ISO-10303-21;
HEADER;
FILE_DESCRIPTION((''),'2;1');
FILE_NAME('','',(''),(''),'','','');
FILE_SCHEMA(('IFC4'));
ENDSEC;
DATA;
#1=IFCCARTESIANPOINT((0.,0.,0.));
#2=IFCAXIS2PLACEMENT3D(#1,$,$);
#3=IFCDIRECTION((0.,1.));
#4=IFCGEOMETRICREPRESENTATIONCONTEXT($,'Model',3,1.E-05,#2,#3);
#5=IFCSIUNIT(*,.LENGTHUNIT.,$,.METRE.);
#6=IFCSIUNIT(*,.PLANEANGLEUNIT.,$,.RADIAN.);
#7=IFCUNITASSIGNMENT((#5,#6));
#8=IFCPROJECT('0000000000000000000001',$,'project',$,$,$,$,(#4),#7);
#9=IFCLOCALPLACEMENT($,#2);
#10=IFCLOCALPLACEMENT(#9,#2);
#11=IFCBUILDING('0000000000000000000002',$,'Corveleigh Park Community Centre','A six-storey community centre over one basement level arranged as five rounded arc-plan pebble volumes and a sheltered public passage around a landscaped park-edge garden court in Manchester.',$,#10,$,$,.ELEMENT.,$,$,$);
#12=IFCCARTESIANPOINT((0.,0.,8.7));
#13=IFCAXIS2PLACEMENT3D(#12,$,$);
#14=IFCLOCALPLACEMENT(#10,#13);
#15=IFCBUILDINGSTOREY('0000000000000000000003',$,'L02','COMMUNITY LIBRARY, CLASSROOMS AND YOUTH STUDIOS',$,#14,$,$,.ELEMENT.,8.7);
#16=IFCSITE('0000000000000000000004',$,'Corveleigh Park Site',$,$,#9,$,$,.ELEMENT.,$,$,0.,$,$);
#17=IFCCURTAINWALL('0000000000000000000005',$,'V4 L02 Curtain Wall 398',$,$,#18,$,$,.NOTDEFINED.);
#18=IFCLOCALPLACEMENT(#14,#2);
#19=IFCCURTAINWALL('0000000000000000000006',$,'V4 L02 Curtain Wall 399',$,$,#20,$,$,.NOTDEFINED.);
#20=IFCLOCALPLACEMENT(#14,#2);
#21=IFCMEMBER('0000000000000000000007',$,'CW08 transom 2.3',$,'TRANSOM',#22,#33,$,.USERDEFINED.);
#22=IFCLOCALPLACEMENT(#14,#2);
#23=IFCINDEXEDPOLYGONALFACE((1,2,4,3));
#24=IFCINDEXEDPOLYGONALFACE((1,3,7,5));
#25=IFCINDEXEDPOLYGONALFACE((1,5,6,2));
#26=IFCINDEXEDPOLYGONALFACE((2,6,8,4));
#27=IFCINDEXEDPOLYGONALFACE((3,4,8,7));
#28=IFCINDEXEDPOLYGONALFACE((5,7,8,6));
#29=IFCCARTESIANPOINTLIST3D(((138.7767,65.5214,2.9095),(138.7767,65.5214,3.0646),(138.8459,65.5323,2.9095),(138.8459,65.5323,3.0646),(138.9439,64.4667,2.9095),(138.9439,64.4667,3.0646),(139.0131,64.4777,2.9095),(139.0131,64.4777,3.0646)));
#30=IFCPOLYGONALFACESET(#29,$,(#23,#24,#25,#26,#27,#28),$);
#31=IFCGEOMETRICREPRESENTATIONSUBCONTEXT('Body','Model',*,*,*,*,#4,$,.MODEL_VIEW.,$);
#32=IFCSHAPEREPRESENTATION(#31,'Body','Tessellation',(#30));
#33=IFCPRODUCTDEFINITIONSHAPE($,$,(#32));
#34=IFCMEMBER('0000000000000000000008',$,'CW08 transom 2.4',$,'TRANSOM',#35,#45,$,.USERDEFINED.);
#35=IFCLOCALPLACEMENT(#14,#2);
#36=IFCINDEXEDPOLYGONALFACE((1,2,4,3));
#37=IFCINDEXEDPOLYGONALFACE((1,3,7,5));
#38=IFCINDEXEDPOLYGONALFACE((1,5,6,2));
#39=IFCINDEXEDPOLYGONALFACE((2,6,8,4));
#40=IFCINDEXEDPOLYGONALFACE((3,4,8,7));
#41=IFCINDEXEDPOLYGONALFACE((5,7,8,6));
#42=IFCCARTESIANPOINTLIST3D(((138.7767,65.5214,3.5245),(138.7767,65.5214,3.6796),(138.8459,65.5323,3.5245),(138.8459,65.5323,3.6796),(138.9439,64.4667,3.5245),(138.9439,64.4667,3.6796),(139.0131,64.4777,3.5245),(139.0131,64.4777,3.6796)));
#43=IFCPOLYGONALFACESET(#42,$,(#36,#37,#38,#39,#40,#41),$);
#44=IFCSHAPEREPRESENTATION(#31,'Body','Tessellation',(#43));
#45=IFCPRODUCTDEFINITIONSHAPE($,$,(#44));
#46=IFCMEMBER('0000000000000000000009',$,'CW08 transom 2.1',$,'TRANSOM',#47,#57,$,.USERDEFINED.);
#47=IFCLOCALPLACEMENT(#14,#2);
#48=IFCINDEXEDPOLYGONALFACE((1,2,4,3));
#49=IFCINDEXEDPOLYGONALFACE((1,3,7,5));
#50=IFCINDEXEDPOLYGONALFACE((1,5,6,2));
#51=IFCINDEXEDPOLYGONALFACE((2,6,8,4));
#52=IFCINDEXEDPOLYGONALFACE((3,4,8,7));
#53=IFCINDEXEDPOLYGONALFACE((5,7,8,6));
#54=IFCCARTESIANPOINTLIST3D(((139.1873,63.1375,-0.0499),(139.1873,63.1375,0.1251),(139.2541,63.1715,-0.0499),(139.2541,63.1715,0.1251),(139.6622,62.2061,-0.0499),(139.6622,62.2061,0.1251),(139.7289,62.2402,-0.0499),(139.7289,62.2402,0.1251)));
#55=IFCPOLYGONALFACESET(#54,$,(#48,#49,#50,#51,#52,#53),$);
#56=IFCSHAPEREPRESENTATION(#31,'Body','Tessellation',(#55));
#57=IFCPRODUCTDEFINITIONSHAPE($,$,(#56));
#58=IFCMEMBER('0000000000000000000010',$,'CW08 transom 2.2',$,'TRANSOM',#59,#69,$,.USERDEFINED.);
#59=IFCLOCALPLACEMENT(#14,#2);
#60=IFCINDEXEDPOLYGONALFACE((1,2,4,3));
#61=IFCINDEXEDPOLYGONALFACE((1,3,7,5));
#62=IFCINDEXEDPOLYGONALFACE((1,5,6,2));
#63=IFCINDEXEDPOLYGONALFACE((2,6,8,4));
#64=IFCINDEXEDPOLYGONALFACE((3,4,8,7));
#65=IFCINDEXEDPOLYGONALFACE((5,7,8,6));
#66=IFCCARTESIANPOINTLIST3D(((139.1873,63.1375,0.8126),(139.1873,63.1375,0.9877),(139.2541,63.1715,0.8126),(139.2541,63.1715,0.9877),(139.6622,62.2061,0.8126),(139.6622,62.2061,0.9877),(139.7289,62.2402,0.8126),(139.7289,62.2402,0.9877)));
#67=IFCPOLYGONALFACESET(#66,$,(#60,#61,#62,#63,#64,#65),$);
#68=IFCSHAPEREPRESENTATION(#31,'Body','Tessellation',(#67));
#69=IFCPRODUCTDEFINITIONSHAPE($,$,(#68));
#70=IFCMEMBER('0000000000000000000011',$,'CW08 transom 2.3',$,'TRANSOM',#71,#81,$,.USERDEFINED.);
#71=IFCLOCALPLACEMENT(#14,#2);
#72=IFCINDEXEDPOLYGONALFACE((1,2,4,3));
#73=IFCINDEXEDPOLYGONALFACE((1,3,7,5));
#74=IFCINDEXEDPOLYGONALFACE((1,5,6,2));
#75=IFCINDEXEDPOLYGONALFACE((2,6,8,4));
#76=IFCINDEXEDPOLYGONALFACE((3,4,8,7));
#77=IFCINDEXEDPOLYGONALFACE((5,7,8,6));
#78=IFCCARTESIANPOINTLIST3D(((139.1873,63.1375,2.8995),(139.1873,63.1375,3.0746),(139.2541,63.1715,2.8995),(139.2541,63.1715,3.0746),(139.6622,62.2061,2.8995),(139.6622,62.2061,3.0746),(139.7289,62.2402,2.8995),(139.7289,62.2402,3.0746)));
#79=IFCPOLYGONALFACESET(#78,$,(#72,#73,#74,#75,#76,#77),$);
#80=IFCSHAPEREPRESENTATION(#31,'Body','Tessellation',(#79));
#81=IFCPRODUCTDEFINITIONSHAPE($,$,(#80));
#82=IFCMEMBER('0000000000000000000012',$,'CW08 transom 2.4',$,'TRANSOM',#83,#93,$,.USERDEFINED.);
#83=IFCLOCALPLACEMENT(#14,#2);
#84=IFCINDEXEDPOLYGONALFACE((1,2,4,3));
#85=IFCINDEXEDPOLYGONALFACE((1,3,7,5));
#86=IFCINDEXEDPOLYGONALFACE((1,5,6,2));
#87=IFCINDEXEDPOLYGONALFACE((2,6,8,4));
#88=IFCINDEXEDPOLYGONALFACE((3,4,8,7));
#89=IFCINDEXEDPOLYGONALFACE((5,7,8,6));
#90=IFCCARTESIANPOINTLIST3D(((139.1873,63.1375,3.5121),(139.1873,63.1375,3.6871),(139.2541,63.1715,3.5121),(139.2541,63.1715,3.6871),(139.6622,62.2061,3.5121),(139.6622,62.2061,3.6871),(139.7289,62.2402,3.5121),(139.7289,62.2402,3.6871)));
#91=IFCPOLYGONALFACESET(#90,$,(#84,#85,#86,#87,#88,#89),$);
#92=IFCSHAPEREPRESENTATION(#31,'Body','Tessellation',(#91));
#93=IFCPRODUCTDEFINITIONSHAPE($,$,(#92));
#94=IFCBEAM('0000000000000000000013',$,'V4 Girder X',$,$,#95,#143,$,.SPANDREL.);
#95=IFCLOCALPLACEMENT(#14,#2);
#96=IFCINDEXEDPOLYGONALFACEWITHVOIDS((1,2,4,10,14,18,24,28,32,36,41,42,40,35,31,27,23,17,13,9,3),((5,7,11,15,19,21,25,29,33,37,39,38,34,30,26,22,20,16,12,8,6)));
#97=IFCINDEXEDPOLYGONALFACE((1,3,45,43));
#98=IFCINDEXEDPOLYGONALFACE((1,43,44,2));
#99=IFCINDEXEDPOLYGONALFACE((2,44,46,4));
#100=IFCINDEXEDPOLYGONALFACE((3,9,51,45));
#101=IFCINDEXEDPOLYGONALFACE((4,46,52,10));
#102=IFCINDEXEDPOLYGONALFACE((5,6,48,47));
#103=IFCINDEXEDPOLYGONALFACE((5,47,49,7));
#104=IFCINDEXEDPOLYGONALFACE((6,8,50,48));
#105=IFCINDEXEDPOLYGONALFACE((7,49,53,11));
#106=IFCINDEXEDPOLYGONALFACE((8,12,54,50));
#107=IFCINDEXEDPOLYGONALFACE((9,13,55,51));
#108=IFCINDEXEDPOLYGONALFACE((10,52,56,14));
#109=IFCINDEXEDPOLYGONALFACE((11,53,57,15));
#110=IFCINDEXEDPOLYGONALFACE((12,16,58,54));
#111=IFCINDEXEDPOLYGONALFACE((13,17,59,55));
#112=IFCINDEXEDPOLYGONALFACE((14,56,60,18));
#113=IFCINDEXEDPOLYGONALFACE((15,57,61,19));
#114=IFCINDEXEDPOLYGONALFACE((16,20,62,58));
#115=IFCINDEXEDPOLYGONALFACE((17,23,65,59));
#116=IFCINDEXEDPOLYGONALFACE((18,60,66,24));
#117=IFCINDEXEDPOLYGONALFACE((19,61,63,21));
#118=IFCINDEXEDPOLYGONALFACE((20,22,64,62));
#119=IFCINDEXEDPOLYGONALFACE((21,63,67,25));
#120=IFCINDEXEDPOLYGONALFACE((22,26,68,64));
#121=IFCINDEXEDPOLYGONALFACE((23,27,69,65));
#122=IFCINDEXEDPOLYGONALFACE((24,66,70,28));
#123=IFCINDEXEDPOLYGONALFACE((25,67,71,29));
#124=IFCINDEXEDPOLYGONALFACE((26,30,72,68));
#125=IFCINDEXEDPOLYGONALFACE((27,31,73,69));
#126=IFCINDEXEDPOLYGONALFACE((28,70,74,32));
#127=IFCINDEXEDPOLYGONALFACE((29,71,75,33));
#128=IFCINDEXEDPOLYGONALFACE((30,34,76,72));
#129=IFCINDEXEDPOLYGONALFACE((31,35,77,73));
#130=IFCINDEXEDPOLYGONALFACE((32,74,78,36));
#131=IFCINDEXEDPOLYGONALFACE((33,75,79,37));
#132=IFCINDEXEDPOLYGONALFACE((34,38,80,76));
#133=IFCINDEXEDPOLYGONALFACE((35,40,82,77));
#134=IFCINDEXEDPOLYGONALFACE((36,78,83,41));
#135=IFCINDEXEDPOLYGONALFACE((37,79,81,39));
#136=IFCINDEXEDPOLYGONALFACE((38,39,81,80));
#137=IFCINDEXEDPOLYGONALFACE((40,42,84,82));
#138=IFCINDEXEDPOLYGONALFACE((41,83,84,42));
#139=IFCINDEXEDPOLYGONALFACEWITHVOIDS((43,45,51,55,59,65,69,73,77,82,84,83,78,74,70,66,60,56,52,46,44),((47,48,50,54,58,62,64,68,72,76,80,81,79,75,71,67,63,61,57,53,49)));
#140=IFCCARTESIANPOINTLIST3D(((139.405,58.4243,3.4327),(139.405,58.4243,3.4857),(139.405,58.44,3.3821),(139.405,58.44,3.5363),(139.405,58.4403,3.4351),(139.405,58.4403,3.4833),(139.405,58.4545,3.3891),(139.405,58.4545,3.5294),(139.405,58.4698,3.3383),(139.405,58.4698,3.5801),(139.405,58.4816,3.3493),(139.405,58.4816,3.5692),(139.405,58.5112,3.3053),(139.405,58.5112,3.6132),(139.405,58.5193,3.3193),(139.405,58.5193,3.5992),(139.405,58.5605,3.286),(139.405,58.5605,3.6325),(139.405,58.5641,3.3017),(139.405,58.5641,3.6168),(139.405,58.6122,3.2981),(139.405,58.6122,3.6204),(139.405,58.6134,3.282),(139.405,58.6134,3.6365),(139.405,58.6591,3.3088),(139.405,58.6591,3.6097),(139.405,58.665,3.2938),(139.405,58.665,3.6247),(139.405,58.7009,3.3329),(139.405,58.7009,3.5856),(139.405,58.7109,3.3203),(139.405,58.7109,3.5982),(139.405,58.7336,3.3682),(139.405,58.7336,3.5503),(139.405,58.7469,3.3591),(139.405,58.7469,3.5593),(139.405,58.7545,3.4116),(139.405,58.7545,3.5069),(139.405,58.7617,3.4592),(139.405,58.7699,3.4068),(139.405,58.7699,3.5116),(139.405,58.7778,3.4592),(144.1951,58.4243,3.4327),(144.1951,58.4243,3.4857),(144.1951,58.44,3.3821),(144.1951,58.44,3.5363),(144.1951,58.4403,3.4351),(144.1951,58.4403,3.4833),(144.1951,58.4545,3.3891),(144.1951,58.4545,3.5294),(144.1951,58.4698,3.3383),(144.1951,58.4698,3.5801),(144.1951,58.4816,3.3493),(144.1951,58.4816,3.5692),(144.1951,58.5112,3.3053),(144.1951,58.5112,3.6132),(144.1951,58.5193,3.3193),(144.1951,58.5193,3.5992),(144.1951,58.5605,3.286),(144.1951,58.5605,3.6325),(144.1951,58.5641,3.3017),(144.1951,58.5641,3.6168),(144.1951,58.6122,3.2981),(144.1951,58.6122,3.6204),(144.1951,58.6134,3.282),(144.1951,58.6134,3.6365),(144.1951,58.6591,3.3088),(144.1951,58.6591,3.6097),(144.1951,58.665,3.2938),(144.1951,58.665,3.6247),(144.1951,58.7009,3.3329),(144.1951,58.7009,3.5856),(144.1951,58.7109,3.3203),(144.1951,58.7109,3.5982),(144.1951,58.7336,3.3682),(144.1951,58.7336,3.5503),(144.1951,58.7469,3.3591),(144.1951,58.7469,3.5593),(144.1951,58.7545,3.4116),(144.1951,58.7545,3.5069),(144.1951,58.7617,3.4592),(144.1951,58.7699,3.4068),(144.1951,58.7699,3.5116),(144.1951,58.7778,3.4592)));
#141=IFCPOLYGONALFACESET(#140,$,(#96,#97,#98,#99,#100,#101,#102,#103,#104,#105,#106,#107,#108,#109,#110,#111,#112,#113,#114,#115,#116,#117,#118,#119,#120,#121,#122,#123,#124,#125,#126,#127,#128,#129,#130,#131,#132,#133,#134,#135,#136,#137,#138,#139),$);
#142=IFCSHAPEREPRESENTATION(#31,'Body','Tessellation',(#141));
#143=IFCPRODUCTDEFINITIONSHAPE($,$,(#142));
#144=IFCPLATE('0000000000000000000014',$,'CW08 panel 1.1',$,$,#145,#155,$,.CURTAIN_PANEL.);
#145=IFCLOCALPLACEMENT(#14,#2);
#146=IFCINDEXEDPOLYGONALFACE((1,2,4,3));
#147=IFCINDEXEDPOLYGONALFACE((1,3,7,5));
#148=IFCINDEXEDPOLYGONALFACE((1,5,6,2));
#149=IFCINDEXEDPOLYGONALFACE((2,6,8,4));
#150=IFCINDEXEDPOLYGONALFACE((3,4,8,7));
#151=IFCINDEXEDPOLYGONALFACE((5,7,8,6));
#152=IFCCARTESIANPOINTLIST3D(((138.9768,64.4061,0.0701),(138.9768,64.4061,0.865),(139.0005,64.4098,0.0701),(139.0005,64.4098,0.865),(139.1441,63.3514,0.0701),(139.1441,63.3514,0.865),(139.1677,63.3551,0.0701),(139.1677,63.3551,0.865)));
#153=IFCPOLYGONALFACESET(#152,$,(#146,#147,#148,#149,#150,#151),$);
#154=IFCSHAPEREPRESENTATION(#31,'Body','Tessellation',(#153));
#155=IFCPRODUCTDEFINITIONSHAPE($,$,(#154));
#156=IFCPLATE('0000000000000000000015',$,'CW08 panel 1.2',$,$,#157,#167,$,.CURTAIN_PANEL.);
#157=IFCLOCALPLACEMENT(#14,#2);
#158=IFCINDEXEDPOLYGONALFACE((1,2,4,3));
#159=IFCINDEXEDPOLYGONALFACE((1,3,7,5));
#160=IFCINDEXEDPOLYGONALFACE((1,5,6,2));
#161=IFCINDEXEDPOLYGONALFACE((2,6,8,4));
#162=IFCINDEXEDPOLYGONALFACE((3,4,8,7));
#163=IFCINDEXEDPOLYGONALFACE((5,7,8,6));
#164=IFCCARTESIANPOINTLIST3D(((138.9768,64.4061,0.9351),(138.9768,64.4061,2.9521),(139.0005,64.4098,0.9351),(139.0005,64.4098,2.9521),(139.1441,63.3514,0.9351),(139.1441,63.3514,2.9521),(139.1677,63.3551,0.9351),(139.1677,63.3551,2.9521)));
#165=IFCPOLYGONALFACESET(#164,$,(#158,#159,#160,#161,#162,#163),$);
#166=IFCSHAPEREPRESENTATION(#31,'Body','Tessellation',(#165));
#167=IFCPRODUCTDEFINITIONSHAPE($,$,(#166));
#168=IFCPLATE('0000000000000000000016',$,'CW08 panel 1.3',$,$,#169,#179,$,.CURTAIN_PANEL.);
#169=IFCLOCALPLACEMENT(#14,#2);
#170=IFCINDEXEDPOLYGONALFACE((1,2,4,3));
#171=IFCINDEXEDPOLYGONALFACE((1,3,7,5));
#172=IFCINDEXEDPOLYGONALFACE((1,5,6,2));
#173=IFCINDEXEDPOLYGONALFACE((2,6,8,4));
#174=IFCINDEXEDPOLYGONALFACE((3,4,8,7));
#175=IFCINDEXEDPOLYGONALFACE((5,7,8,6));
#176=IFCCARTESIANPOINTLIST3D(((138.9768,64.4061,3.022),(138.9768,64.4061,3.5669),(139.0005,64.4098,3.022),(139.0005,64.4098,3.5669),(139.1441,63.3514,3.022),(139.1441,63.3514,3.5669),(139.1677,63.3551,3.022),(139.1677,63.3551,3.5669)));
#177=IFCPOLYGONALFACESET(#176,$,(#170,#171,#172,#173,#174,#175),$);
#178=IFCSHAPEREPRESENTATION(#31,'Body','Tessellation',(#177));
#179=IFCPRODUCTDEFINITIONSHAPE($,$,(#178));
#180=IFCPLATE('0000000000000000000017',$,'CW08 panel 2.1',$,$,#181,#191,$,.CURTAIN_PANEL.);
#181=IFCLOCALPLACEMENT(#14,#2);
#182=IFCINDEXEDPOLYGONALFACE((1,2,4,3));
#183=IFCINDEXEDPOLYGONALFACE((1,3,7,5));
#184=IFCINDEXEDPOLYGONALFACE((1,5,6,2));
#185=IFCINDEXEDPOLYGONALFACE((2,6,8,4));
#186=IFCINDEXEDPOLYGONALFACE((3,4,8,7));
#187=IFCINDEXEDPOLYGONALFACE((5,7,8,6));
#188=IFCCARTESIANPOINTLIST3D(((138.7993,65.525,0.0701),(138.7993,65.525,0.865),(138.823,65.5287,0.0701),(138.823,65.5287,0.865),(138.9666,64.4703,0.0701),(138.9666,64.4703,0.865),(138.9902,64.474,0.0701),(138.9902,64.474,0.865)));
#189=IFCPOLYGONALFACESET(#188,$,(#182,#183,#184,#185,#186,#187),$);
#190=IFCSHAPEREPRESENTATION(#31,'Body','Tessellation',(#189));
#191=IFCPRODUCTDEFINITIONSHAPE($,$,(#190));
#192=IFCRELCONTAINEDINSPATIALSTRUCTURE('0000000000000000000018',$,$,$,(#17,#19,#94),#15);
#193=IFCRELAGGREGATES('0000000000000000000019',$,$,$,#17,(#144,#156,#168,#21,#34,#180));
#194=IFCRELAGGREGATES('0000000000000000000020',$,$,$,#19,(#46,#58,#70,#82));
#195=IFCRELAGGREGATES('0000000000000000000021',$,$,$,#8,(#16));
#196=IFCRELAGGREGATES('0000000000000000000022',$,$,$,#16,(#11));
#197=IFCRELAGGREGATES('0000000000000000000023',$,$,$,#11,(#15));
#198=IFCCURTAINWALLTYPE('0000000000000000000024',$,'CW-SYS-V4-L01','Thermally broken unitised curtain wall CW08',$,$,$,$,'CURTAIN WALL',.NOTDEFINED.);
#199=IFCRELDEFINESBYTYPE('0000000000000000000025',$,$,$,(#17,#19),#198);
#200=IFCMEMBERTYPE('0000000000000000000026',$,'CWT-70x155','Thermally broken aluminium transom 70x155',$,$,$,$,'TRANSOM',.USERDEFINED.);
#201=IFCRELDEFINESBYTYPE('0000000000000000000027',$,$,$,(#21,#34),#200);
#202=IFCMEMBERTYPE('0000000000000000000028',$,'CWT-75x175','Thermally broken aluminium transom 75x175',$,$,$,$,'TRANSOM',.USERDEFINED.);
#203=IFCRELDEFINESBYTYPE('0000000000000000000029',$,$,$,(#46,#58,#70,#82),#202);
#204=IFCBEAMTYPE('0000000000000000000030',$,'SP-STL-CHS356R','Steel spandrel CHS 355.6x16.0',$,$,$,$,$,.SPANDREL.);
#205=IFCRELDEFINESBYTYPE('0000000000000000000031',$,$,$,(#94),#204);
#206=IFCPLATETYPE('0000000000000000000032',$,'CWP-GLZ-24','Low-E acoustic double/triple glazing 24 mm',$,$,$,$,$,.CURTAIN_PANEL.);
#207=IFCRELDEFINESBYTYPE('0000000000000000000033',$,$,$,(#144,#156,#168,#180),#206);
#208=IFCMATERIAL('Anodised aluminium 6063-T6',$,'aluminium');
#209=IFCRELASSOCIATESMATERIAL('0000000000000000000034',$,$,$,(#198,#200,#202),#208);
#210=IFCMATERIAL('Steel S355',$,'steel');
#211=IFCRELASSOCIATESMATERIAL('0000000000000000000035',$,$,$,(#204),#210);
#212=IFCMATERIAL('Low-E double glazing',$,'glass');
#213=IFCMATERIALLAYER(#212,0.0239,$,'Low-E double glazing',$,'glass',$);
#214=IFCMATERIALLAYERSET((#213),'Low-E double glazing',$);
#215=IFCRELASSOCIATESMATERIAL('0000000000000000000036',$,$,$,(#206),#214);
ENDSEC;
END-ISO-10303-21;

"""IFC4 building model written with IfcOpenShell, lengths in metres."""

from ifc_helpers import new_model, si_unit, direction, frame, origin, origin_2d, place, context, subcontext, project, spatial, rectangle, hollow_circle, extrude, material, layer, layer_set, material_profile, profile_set, type_object, element, aggregate, save


model = new_model("IFC4")

# Units and contexts
model_context = context("Model", 3, precision=1e-05, world=origin(), true_north=direction((0.0, 1.0)))
body_context = subcontext(model_context, "Body", "Model", "MODEL_VIEW")
ifc_project = project(units=[si_unit("LENGTHUNIT", "METRE"), si_unit("PLANEANGLEUNIT", "RADIAN")], contexts=[model_context])

# Site, building, storey
site_placement = place(None, origin())
site = spatial("IfcSite", under=ifc_project, at=site_placement, Name="Corveleigh Park Site", CompositionType="ELEMENT", RefElevation=0.0)
building_placement = place(site_placement, origin())
building = spatial("IfcBuilding", under=site, at=building_placement, Name="Corveleigh Park Community Centre", Description="A six-storey community centre over one basement level arranged as five rounded arc-plan pebble volumes and a sheltered public passage around a landscaped park-edge garden court in Manchester.", CompositionType="ELEMENT")
storey_placement = place(building_placement, frame((0.0, 0.0, 8.7)))
storey = spatial("IfcBuildingStorey", under=building, at=storey_placement, Name="L02", Description="COMMUNITY LIBRARY, CLASSROOMS AND YOUTH STUDIOS", CompositionType="ELEMENT", Elevation=8.7)

# Shared definitions
ifc_material_1 = material(Name="Steel S355", Category="steel")

# Curtain walls
ifc_material_2 = material(Name="Anodised aluminium 6063-T6", Category="aluminium")
curtain_wall_type = type_object("IfcCurtainWallType", Name="CW-SYS-V4-L01", Description="Thermally broken unitised curtain wall CW08", ElementType="CURTAIN WALL", PredefinedType="NOTDEFINED", material=ifc_material_2)
curtain_wall_1_placement = place(storey_placement, origin())
curtain_wall_1 = element("IfcCurtainWall", 1, at=curtain_wall_1_placement, inside=storey, type_object=curtain_wall_type, Name="V4 L02 Curtain Wall 398", PredefinedType="NOTDEFINED")
curtain_wall_2_placement = place(storey_placement, origin())
curtain_wall_2 = element("IfcCurtainWall", 2, at=curtain_wall_2_placement, inside=storey, type_object=curtain_wall_type, Name="V4 L02 Curtain Wall 399", PredefinedType="NOTDEFINED")

# Members
ifc_material_profile_1 = material_profile(ifc_material_2, rectangle(XDim=0.0701, YDim=0.155, at=origin_2d()), Name="ALU-T70x155", Category="aluminium")
ifc_profile_set_1 = profile_set([ifc_material_profile_1], Name="Anodised aluminium 6063-T6")
member_type_1 = type_object("IfcMemberType", Name="CWT-70x155", Description="Thermally broken aluminium transom 70x155", ElementType="TRANSOM", PredefinedType="USERDEFINED", material=ifc_profile_set_1)
member_1_placement = place(storey_placement, frame((138.9785, 64.4722, 2.9871), z_axis=(-0.156608, 0.987661, 0.0), x_axis=(-0.987661, -0.156608, 0.0)))
member_1 = element("IfcMember", 3, at=member_1_placement, type_object=member_type_1, Name="CW08 transom 2.3", ObjectType="TRANSOM", PredefinedType="USERDEFINED", context=body_context, shape_type="SweptSolid", body=[
    extrude(rectangle(XDim=0.0701, YDim=0.155, at=origin_2d()), origin(), (0.0, 0.0, 1.0), 1.0679),
])
member_2_placement = place(storey_placement, frame((138.9785, 64.4722, 3.6021), z_axis=(-0.156608, 0.987661, 0.0), x_axis=(-0.987661, -0.156608, 0.0)))
member_2 = element("IfcMember", 4, at=member_2_placement, type_object=member_type_1, Name="CW08 transom 2.4", ObjectType="TRANSOM", PredefinedType="USERDEFINED", context=body_context, shape_type="SweptSolid", body=[
    extrude(rectangle(XDim=0.0701, YDim=0.155, at=origin_2d()), origin(), (0.0, 0.0, 1.0), 1.0679),
])
ifc_material_profile_2 = material_profile(ifc_material_2, rectangle(XDim=0.075, YDim=0.175, at=origin_2d()), Name="ALU-T75x175", Category="aluminium")
ifc_profile_set_2 = profile_set([ifc_material_profile_2], Name="Anodised aluminium 6063-T6")
member_type_2 = type_object("IfcMemberType", Name="CWT-75x175", Description="Thermally broken aluminium transom 75x175", ElementType="TRANSOM", PredefinedType="USERDEFINED", material=ifc_profile_set_2)
member_3_placement = place(storey_placement, frame((139.6956, 62.2231, 0.0376), z_axis=(-0.454206, 0.890897, 0.0), x_axis=(-0.890897, -0.454206, 0.0)))
member_3 = element("IfcMember", 5, at=member_3_placement, type_object=member_type_2, Name="CW08 transom 2.1", ObjectType="TRANSOM", PredefinedType="USERDEFINED", context=body_context, shape_type="SweptSolid", body=[
    extrude(rectangle(XDim=0.075, YDim=0.175, at=origin_2d()), origin(), (0.0, 0.0, 1.0), 1.0454),
])
member_4_placement = place(storey_placement, frame((139.6956, 62.2231, 0.9001), z_axis=(-0.454206, 0.890897, 0.0), x_axis=(-0.890897, -0.454206, 0.0)))
member_4 = element("IfcMember", 6, at=member_4_placement, type_object=member_type_2, Name="CW08 transom 2.2", ObjectType="TRANSOM", PredefinedType="USERDEFINED", context=body_context, shape_type="SweptSolid", body=[
    extrude(rectangle(XDim=0.075, YDim=0.175, at=origin_2d()), origin(), (0.0, 0.0, 1.0), 1.0454),
])
member_5_placement = place(storey_placement, frame((139.6956, 62.2231, 2.9871), z_axis=(-0.454206, 0.890897, 0.0), x_axis=(-0.890897, -0.454206, 0.0)))
member_5 = element("IfcMember", 7, at=member_5_placement, type_object=member_type_2, Name="CW08 transom 2.3", ObjectType="TRANSOM", PredefinedType="USERDEFINED", context=body_context, shape_type="SweptSolid", body=[
    extrude(rectangle(XDim=0.075, YDim=0.175, at=origin_2d()), origin(), (0.0, 0.0, 1.0), 1.0454),
])
member_6_placement = place(storey_placement, frame((139.6956, 62.2231, 3.5996), z_axis=(-0.454206, 0.890897, 0.0), x_axis=(-0.890897, -0.454206, 0.0)))
member_6 = element("IfcMember", 8, at=member_6_placement, type_object=member_type_2, Name="CW08 transom 2.4", ObjectType="TRANSOM", PredefinedType="USERDEFINED", context=body_context, shape_type="SweptSolid", body=[
    extrude(rectangle(XDim=0.075, YDim=0.175, at=origin_2d()), origin(), (0.0, 0.0, 1.0), 1.0454),
])

# Beam
ifc_material_profile_3 = material_profile(ifc_material_1, hollow_circle(Radius=0.1777, WallThickness=0.0161, at=origin_2d()), Name="CHS 355.6x16.0", Category="steel")
ifc_profile_set_3 = profile_set([ifc_material_profile_3], Name="Steel S355")
beam_type_1 = type_object("IfcBeamType", Name="SP-STL-CHS356R", Description="Steel spandrel CHS 355.6x16.0", PredefinedType="SPANDREL", material=ifc_profile_set_3)
beam_1_placement = place(storey_placement, frame((139.405, 58.6001, 3.4592), z_axis=(1.0, 0.0, 0.0), x_axis=(0.0, 1.0, 0.0)))
element("IfcBeam", 9, at=beam_1_placement, inside=storey, type_object=beam_type_1, Name="V4 Girder X", PredefinedType="SPANDREL", context=body_context, shape_type="SweptSolid", body=[
    extrude(hollow_circle(Radius=0.1777, WallThickness=0.0161, at=origin_2d()), origin(), (0.0, 0.0, 1.0), 4.79),
])

# Plates
ifc_material_3 = material(Name="Low-E double glazing", Category="glass")
ifc_layer_1 = layer(ifc_material_3, 0.0239, Name="Low-E double glazing", Category="glass")
ifc_layer_set_1 = layer_set([ifc_layer_1], Name="Low-E double glazing")
plate_type_1 = type_object("IfcPlateType", Name="CWP-GLZ-24", Description="Low-E acoustic double/triple glazing 24 mm", PredefinedType="CURTAIN_PANEL", material=ifc_layer_set_1)
plate_1_placement = place(storey_placement, frame((139.0723, 63.8806, 0.0701), z_axis=(0.0, 0.0, 1.0), x_axis=(-0.156601, 0.987662, 0.0)))
plate_1 = element("IfcPlate", 10, at=plate_1_placement, type_object=plate_type_1, Name="CW08 panel 1.1", PredefinedType="CURTAIN_PANEL", context=body_context, shape_type="SweptSolid", body=[
    extrude(rectangle(XDim=1.0679, YDim=0.0239, at=origin_2d()), origin(), (0.0, 0.0, 1.0), 0.7949),
])
plate_2_placement = place(storey_placement, frame((139.0723, 63.8806, 0.9351), z_axis=(0.0, 0.0, 1.0), x_axis=(-0.156601, 0.987662, 0.0)))
plate_2 = element("IfcPlate", 11, at=plate_2_placement, type_object=plate_type_1, Name="CW08 panel 1.2", PredefinedType="CURTAIN_PANEL", context=body_context, shape_type="SweptSolid", body=[
    extrude(rectangle(XDim=1.0679, YDim=0.0239, at=origin_2d()), origin(), (0.0, 0.0, 1.0), 2.0171),
])
plate_3_placement = place(storey_placement, frame((139.0723, 63.8806, 3.022), z_axis=(0.0, 0.0, 1.0), x_axis=(-0.156601, 0.987662, 0.0)))
plate_3 = element("IfcPlate", 12, at=plate_3_placement, type_object=plate_type_1, Name="CW08 panel 1.3", PredefinedType="CURTAIN_PANEL", context=body_context, shape_type="SweptSolid", body=[
    extrude(rectangle(XDim=1.0679, YDim=0.0239, at=origin_2d()), origin(), (0.0, 0.0, 1.0), 0.5449),
])
plate_4_placement = place(storey_placement, frame((138.8948, 64.9995, 0.0701), z_axis=(0.0, 0.0, 1.0), x_axis=(-0.156601, 0.987662, 0.0)))
plate_4 = element("IfcPlate", 13, at=plate_4_placement, type_object=plate_type_1, Name="CW08 panel 2.1", PredefinedType="CURTAIN_PANEL", context=body_context, shape_type="SweptSolid", body=[
    extrude(rectangle(XDim=1.0679, YDim=0.0239, at=origin_2d()), origin(), (0.0, 0.0, 1.0), 0.7949),
])
aggregate(curtain_wall_1, [plate_1, plate_2, plate_3, member_1, member_2, plate_4])
aggregate(curtain_wall_2, [member_3, member_4, member_5, member_6])

save(model, "model.ifc")
